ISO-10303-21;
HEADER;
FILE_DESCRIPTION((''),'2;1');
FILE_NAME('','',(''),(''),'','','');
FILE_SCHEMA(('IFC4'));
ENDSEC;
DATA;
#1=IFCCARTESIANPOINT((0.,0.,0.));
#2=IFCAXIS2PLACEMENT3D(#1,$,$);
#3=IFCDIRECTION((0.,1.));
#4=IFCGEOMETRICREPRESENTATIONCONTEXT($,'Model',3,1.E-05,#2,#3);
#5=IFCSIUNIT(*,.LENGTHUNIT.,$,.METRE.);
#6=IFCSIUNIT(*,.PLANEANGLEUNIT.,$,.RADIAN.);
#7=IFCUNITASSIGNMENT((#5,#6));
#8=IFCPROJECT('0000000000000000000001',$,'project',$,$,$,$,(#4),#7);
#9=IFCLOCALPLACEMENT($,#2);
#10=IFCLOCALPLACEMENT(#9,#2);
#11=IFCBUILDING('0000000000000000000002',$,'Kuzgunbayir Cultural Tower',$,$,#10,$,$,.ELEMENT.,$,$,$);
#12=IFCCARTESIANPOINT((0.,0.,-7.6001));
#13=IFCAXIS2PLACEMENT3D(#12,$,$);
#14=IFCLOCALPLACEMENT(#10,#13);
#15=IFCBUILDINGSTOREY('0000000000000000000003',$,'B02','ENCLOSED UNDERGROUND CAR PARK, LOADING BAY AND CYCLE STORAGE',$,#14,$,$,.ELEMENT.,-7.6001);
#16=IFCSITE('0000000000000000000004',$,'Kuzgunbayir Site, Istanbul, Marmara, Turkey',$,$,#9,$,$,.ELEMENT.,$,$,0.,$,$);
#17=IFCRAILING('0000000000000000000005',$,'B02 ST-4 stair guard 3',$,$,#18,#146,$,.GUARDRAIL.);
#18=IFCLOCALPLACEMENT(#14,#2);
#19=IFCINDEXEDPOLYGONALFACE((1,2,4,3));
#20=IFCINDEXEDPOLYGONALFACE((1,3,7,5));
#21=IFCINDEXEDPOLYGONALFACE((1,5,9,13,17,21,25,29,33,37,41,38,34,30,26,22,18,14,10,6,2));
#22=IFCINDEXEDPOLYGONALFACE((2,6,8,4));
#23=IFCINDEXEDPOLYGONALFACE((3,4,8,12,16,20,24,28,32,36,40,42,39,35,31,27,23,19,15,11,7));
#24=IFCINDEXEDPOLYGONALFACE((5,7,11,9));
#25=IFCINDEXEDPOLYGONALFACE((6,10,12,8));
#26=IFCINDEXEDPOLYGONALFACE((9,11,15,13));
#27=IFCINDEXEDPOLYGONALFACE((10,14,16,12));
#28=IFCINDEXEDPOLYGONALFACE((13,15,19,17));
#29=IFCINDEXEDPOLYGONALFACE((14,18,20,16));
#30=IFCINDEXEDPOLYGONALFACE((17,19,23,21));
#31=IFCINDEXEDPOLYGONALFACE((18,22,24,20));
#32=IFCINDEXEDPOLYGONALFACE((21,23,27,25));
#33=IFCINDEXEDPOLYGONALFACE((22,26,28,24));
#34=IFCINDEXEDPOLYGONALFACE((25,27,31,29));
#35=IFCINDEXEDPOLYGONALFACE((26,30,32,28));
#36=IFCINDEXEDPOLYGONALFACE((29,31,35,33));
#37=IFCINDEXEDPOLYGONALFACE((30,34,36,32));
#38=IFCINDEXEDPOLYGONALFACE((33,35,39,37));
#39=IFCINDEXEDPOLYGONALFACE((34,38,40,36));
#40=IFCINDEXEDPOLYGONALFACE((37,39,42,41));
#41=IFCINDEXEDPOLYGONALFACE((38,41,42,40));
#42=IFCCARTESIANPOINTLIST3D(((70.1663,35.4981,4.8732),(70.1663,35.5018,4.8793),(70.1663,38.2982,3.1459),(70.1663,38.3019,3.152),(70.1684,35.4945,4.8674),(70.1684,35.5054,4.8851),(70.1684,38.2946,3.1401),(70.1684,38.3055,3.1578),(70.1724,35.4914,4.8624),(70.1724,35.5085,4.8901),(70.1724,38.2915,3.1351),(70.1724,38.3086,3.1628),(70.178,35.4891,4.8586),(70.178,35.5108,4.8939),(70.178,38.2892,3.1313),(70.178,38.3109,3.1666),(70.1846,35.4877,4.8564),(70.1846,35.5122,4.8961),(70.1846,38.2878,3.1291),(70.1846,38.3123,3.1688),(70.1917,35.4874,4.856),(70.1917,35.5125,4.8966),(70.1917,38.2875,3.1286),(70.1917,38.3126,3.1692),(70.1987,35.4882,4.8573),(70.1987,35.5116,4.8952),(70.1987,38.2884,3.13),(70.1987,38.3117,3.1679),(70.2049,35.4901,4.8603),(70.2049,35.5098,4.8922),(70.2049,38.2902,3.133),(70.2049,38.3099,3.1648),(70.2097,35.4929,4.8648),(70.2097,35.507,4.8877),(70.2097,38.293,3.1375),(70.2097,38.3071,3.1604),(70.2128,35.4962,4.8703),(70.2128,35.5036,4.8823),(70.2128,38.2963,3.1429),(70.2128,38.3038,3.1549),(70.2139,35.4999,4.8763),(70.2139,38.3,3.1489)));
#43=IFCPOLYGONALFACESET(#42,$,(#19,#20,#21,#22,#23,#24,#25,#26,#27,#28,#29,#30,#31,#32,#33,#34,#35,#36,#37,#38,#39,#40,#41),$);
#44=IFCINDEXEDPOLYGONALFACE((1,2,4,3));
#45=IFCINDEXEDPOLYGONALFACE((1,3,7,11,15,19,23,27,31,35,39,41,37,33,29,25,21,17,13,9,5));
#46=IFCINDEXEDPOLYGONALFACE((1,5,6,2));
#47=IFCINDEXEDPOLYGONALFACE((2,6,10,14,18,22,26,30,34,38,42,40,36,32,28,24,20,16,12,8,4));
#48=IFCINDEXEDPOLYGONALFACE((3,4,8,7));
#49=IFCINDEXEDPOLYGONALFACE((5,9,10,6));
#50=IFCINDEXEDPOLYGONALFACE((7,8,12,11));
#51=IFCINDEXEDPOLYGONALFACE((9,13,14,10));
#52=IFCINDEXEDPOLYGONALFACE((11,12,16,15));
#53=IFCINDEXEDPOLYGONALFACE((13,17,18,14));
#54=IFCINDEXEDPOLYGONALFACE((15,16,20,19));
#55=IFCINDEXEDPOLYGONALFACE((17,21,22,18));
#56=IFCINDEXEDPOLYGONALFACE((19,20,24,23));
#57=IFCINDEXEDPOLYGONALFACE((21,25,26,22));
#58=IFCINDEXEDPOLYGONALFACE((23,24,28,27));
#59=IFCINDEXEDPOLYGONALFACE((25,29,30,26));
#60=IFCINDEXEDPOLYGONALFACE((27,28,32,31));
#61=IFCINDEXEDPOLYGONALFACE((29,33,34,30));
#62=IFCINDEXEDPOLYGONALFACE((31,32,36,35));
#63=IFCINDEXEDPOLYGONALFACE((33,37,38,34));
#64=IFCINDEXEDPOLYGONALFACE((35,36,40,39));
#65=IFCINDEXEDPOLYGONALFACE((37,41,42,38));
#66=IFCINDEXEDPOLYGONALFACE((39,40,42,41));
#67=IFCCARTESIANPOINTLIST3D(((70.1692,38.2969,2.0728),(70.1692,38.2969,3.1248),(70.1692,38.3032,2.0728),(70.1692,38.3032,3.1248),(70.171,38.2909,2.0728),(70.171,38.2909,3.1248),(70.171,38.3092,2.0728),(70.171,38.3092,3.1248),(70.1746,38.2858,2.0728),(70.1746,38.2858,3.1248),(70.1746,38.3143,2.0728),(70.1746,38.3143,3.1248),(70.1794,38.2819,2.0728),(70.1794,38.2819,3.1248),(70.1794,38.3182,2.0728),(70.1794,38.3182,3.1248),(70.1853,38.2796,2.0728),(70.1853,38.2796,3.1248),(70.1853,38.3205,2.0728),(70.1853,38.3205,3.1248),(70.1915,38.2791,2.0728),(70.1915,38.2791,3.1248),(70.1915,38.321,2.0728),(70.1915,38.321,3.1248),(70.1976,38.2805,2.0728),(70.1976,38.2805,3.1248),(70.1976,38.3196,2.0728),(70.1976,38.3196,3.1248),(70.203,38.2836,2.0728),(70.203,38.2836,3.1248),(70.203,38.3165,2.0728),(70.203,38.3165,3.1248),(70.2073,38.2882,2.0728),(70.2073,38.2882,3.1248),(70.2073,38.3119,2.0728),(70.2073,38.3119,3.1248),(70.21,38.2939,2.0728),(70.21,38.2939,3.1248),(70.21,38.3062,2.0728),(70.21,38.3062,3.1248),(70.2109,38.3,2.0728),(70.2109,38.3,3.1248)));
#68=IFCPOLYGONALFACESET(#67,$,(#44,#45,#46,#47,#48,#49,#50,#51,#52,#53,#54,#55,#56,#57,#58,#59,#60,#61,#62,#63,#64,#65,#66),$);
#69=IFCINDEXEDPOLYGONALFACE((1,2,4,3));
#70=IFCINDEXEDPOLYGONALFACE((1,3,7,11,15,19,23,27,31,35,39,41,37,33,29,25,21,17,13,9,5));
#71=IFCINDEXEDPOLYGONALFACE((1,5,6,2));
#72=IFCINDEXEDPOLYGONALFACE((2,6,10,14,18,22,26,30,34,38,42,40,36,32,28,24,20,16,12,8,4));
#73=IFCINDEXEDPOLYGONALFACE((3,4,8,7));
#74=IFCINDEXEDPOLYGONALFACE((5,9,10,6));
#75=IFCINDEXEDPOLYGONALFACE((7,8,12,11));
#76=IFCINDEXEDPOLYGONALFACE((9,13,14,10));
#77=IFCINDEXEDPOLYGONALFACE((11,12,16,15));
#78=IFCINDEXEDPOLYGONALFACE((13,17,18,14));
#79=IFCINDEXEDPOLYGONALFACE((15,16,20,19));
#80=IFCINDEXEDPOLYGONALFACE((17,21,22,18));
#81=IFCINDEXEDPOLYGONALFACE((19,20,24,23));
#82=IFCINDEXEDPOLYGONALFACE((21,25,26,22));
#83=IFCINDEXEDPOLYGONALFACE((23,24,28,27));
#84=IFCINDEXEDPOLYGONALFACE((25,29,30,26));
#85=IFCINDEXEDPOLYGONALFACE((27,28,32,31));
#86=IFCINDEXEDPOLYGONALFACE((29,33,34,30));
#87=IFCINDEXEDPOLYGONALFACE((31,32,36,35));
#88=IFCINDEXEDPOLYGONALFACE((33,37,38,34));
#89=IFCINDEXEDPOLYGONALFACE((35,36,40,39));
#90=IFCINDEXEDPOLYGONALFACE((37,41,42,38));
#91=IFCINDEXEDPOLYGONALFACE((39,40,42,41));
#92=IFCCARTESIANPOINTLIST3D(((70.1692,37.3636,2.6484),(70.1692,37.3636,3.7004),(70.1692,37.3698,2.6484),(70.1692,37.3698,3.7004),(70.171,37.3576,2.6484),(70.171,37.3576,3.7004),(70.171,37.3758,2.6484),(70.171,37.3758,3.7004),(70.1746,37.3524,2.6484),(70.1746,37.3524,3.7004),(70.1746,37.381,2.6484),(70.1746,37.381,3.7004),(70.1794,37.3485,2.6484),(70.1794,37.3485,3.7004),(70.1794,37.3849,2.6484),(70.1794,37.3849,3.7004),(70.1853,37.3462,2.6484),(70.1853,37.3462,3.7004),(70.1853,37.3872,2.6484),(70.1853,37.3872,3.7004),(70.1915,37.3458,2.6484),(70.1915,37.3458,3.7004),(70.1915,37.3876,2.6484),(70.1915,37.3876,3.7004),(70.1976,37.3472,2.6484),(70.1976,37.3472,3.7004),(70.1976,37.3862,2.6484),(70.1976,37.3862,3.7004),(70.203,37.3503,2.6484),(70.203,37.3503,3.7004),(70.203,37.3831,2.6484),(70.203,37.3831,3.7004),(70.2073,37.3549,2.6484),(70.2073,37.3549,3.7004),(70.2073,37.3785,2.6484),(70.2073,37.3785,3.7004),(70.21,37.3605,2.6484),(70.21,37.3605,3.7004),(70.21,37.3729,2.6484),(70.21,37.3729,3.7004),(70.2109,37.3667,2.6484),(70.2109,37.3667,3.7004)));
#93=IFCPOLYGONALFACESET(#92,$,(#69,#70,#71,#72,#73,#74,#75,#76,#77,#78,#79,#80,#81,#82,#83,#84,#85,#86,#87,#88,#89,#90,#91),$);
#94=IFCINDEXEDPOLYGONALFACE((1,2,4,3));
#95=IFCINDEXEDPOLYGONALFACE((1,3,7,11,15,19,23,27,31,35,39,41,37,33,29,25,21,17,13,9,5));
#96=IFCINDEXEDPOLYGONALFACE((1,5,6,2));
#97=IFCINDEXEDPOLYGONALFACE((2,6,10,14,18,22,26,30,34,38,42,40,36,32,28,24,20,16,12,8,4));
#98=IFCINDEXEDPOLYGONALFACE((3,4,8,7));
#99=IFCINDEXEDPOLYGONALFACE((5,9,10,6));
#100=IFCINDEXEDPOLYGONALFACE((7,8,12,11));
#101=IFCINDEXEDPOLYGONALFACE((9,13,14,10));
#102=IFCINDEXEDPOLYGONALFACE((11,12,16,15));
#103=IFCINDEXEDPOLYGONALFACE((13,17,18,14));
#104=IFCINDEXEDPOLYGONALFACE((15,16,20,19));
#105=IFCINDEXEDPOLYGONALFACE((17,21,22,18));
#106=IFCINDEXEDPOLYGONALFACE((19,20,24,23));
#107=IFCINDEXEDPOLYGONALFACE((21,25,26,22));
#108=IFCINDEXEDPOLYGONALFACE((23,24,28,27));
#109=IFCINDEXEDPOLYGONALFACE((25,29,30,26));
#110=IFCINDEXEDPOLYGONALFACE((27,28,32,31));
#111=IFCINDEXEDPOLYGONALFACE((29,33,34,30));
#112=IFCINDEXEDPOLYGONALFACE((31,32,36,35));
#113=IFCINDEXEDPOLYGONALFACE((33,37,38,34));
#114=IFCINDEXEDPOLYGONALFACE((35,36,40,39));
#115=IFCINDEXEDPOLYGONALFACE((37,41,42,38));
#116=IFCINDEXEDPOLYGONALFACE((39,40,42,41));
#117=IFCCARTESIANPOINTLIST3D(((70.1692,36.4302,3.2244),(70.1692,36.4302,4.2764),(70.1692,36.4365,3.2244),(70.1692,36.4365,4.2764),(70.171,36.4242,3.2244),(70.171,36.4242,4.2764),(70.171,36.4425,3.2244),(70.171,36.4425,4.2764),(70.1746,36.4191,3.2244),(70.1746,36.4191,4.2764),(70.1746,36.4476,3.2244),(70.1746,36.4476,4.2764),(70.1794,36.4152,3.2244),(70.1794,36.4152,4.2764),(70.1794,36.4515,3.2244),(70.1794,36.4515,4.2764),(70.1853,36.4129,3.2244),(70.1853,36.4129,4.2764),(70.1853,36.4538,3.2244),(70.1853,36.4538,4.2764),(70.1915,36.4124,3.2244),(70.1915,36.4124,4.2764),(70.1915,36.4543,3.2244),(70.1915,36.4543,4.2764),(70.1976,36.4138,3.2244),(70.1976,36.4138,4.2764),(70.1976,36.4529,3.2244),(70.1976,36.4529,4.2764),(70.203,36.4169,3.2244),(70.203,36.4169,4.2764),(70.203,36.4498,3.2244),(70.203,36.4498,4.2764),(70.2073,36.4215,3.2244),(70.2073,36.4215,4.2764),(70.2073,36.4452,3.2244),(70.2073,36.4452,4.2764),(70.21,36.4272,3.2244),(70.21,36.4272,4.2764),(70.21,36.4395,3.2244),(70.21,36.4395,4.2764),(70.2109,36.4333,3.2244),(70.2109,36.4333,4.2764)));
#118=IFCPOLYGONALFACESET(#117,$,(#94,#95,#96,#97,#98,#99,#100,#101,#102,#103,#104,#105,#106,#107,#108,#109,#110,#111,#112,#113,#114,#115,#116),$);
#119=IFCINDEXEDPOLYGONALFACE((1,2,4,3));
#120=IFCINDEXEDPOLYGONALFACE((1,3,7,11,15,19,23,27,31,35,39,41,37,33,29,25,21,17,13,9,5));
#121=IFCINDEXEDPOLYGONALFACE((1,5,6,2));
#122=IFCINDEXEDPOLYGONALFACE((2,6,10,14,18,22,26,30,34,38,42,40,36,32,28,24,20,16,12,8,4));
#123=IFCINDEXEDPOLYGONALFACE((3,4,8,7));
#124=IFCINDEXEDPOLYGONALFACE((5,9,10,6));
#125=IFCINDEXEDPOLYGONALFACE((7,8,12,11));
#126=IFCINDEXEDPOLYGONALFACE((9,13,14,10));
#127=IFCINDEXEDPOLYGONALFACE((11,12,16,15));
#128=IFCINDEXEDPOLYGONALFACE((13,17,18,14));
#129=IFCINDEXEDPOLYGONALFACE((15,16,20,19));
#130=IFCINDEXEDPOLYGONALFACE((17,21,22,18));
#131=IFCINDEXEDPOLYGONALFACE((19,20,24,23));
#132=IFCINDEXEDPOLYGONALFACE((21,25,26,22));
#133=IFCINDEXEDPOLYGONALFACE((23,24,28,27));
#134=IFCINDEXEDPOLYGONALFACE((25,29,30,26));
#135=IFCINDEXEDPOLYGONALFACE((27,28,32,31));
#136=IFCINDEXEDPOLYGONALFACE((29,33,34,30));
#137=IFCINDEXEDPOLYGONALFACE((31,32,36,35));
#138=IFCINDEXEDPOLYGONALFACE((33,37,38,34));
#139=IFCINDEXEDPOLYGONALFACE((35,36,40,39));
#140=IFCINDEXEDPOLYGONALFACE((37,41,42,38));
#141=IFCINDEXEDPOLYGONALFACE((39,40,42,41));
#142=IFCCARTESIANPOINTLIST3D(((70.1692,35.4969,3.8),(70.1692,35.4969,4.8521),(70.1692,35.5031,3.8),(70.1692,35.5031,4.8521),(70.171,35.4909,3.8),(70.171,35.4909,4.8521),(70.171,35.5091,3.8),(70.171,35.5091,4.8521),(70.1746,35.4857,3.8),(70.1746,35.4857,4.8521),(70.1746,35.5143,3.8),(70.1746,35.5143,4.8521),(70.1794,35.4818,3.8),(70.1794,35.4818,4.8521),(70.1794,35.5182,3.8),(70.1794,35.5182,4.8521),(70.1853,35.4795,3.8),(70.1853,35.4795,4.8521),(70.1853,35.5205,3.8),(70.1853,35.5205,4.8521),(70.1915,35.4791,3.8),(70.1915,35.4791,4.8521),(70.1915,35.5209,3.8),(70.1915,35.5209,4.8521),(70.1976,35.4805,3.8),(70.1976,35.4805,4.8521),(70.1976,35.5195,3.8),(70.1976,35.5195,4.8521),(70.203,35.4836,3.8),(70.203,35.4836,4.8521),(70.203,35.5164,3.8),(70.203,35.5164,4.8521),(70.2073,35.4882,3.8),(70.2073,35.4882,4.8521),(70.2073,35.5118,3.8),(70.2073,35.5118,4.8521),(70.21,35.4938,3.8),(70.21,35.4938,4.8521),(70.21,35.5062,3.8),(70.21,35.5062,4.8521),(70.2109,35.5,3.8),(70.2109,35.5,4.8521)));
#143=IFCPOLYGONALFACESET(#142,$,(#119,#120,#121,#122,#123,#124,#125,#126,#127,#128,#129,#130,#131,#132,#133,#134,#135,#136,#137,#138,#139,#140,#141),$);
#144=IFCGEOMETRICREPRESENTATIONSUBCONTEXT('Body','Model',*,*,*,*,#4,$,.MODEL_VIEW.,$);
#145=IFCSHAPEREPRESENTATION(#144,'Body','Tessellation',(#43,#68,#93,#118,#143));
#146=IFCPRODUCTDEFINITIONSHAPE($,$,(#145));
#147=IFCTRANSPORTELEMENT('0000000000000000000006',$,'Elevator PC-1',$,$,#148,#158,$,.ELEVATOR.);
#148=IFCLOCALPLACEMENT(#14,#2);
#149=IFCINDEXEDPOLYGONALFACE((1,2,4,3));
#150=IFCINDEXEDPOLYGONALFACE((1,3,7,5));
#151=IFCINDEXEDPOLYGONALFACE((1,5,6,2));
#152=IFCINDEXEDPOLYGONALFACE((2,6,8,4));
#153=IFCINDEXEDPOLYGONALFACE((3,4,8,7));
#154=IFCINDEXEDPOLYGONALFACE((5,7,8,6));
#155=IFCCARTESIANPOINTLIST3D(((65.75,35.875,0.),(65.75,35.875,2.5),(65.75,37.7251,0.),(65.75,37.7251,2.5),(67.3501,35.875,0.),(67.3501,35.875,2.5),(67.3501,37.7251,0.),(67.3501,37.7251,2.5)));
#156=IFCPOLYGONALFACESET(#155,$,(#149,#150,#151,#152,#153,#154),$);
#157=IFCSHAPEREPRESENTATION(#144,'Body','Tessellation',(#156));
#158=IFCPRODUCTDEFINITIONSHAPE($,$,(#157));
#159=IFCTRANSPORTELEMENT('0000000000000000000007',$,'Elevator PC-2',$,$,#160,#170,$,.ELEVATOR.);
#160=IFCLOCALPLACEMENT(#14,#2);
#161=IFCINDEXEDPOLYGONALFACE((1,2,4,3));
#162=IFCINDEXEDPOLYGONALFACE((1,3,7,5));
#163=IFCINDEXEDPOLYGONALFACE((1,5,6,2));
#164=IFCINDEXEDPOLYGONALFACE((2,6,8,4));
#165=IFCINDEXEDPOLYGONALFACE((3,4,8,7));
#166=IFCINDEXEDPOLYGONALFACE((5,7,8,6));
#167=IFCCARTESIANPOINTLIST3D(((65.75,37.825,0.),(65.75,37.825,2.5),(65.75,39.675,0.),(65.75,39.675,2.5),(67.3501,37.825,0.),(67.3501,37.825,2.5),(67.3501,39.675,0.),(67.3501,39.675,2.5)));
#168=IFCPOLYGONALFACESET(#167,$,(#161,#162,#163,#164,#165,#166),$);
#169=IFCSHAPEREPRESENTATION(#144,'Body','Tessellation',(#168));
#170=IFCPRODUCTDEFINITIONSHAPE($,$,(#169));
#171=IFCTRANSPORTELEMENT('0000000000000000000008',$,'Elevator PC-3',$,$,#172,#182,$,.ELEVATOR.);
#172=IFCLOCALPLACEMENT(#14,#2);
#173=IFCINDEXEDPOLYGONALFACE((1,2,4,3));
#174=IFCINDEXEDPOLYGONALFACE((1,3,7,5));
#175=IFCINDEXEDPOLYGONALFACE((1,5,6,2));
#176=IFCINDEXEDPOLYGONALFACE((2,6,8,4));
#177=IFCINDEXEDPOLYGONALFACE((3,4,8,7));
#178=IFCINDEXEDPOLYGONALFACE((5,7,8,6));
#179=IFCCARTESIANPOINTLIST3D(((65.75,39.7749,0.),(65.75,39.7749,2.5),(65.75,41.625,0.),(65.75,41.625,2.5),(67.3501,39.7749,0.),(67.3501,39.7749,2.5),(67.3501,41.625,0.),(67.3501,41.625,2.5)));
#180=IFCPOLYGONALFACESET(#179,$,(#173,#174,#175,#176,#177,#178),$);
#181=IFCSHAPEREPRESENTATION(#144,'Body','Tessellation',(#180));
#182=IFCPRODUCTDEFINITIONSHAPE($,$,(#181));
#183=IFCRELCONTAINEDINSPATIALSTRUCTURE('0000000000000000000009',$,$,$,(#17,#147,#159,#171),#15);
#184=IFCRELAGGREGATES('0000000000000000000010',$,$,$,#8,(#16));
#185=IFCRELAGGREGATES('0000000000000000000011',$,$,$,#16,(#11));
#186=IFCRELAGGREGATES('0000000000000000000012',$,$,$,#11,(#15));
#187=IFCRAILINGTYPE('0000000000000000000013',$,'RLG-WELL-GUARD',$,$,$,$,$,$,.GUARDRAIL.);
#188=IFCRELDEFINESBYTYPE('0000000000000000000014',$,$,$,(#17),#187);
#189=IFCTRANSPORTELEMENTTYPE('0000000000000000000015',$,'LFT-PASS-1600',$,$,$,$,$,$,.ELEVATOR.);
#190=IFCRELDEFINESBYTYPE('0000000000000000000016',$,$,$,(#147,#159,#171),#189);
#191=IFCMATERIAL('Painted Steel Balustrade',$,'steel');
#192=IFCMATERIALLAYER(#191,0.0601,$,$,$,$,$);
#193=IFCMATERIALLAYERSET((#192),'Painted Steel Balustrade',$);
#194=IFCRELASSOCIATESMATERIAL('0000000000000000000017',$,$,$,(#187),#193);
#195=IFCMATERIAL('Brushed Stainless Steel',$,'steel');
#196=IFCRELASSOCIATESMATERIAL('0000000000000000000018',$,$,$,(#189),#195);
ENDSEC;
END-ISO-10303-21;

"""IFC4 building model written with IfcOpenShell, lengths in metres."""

from ifc_helpers import new_model, si_unit, direction, frame, origin, origin_2d, place, context, subcontext, project, spatial, rectangle, circle, extrude, material, layer, layer_set, type_object, element, save


model = new_model("IFC4")

# Units and contexts
model_context = context("Model", 3, precision=1e-05, world=origin(), true_north=direction((0.0, 1.0)))
body_context = subcontext(model_context, "Body", "Model", "MODEL_VIEW")
ifc_project = project(units=[si_unit("LENGTHUNIT", "METRE"), si_unit("PLANEANGLEUNIT", "RADIAN")], contexts=[model_context])

# Site, building, storey
site_placement = place(None, origin())
site = spatial("IfcSite", under=ifc_project, at=site_placement, Name="Kuzgunbayir Site, Istanbul, Marmara, Turkey", CompositionType="ELEMENT", RefElevation=0.0)
building_placement = place(site_placement, origin())
building = spatial("IfcBuilding", under=site, at=building_placement, Name="Kuzgunbayir Cultural Tower", CompositionType="ELEMENT")
storey_placement = place(building_placement, frame((0.0, 0.0, -7.6001)))
storey = spatial("IfcBuildingStorey", under=building, at=storey_placement, Name="B02", Description="ENCLOSED UNDERGROUND CAR PARK, LOADING BAY AND CYCLE STORAGE", CompositionType="ELEMENT", Elevation=-7.6001)

# Shared definitions
ifc_material_1 = material(Name="Brushed Stainless Steel", Category="steel")

# Railing
ifc_material_2 = material(Name="Painted Steel Balustrade", Category="steel")
ifc_layer_1 = layer(ifc_material_2, 0.0601)
ifc_layer_set_1 = layer_set([ifc_layer_1], Name="Painted Steel Balustrade")
railing_type_1 = type_object("IfcRailingType", Name="RLG-WELL-GUARD", PredefinedType="GUARDRAIL", material=ifc_layer_set_1)
railing_1_placement = place(storey_placement, frame((70.1899, 38.3, 2.0728)))
element("IfcRailing", 1, at=railing_1_placement, inside=storey, type_object=railing_type_1, Name="B02 ST-4 stair guard 3", PredefinedType="GUARDRAIL", context=body_context, shape_type="SweptSolid", body=[
    extrude(circle(Radius=0.0239, at=origin_2d()), frame((0.0, 0.0, 1.0762), z_axis=(0.0, -0.85109, 0.52502), x_axis=(1.0, 0.0, 0.0)), (0.0, 0.0, 1.0), 3.29),
    extrude(circle(Radius=0.021, at=origin_2d()), origin(), (0.0, 0.0, 1.0), 1.052),
    extrude(circle(Radius=0.021, at=origin_2d()), frame((0.0, -0.9333, 0.5757)), (0.0, 0.0, 1.0), 1.052),
    extrude(circle(Radius=0.021, at=origin_2d()), frame((0.0, -1.8667, 1.1516)), (0.0, 0.0, 1.0), 1.052),
    extrude(circle(Radius=0.021, at=origin_2d()), frame((0.0, -2.8, 1.7273)), (0.0, 0.0, 1.0), 1.052),
])

# Transport elements
transport_element_type = type_object("IfcTransportElementType", Name="LFT-PASS-1600", PredefinedType="ELEVATOR", material=ifc_material_1)
for number, where, z_axis, x_axis, name in (
    (2, (66.55, 36.8, 0.0), (0.0, 0.0, 1.0), (1.0, 0.0, 0.0), "Elevator PC-1"),
    (3, (66.55, 38.75, 0.0), (0.0, 0.0, 1.0), (1.0, 0.0, 0.0), "Elevator PC-2"),
    (4, (66.55, 40.7, 0.0), (0.0, 0.0, 1.0), (1.0, 0.0, 0.0), "Elevator PC-3"),
):
    element("IfcTransportElement", number, at=place(storey_placement, frame(where, z_axis=z_axis, x_axis=x_axis)), inside=storey, type_object=transport_element_type, Name=name, PredefinedType="ELEVATOR", context=body_context, shape_type="SweptSolid", body=[
        extrude(rectangle(XDim=1.6001, YDim=1.8501, at=origin_2d()), origin(), (0.0, 0.0, 1.0), 2.5),
    ])

save(model, "model.ifc")
